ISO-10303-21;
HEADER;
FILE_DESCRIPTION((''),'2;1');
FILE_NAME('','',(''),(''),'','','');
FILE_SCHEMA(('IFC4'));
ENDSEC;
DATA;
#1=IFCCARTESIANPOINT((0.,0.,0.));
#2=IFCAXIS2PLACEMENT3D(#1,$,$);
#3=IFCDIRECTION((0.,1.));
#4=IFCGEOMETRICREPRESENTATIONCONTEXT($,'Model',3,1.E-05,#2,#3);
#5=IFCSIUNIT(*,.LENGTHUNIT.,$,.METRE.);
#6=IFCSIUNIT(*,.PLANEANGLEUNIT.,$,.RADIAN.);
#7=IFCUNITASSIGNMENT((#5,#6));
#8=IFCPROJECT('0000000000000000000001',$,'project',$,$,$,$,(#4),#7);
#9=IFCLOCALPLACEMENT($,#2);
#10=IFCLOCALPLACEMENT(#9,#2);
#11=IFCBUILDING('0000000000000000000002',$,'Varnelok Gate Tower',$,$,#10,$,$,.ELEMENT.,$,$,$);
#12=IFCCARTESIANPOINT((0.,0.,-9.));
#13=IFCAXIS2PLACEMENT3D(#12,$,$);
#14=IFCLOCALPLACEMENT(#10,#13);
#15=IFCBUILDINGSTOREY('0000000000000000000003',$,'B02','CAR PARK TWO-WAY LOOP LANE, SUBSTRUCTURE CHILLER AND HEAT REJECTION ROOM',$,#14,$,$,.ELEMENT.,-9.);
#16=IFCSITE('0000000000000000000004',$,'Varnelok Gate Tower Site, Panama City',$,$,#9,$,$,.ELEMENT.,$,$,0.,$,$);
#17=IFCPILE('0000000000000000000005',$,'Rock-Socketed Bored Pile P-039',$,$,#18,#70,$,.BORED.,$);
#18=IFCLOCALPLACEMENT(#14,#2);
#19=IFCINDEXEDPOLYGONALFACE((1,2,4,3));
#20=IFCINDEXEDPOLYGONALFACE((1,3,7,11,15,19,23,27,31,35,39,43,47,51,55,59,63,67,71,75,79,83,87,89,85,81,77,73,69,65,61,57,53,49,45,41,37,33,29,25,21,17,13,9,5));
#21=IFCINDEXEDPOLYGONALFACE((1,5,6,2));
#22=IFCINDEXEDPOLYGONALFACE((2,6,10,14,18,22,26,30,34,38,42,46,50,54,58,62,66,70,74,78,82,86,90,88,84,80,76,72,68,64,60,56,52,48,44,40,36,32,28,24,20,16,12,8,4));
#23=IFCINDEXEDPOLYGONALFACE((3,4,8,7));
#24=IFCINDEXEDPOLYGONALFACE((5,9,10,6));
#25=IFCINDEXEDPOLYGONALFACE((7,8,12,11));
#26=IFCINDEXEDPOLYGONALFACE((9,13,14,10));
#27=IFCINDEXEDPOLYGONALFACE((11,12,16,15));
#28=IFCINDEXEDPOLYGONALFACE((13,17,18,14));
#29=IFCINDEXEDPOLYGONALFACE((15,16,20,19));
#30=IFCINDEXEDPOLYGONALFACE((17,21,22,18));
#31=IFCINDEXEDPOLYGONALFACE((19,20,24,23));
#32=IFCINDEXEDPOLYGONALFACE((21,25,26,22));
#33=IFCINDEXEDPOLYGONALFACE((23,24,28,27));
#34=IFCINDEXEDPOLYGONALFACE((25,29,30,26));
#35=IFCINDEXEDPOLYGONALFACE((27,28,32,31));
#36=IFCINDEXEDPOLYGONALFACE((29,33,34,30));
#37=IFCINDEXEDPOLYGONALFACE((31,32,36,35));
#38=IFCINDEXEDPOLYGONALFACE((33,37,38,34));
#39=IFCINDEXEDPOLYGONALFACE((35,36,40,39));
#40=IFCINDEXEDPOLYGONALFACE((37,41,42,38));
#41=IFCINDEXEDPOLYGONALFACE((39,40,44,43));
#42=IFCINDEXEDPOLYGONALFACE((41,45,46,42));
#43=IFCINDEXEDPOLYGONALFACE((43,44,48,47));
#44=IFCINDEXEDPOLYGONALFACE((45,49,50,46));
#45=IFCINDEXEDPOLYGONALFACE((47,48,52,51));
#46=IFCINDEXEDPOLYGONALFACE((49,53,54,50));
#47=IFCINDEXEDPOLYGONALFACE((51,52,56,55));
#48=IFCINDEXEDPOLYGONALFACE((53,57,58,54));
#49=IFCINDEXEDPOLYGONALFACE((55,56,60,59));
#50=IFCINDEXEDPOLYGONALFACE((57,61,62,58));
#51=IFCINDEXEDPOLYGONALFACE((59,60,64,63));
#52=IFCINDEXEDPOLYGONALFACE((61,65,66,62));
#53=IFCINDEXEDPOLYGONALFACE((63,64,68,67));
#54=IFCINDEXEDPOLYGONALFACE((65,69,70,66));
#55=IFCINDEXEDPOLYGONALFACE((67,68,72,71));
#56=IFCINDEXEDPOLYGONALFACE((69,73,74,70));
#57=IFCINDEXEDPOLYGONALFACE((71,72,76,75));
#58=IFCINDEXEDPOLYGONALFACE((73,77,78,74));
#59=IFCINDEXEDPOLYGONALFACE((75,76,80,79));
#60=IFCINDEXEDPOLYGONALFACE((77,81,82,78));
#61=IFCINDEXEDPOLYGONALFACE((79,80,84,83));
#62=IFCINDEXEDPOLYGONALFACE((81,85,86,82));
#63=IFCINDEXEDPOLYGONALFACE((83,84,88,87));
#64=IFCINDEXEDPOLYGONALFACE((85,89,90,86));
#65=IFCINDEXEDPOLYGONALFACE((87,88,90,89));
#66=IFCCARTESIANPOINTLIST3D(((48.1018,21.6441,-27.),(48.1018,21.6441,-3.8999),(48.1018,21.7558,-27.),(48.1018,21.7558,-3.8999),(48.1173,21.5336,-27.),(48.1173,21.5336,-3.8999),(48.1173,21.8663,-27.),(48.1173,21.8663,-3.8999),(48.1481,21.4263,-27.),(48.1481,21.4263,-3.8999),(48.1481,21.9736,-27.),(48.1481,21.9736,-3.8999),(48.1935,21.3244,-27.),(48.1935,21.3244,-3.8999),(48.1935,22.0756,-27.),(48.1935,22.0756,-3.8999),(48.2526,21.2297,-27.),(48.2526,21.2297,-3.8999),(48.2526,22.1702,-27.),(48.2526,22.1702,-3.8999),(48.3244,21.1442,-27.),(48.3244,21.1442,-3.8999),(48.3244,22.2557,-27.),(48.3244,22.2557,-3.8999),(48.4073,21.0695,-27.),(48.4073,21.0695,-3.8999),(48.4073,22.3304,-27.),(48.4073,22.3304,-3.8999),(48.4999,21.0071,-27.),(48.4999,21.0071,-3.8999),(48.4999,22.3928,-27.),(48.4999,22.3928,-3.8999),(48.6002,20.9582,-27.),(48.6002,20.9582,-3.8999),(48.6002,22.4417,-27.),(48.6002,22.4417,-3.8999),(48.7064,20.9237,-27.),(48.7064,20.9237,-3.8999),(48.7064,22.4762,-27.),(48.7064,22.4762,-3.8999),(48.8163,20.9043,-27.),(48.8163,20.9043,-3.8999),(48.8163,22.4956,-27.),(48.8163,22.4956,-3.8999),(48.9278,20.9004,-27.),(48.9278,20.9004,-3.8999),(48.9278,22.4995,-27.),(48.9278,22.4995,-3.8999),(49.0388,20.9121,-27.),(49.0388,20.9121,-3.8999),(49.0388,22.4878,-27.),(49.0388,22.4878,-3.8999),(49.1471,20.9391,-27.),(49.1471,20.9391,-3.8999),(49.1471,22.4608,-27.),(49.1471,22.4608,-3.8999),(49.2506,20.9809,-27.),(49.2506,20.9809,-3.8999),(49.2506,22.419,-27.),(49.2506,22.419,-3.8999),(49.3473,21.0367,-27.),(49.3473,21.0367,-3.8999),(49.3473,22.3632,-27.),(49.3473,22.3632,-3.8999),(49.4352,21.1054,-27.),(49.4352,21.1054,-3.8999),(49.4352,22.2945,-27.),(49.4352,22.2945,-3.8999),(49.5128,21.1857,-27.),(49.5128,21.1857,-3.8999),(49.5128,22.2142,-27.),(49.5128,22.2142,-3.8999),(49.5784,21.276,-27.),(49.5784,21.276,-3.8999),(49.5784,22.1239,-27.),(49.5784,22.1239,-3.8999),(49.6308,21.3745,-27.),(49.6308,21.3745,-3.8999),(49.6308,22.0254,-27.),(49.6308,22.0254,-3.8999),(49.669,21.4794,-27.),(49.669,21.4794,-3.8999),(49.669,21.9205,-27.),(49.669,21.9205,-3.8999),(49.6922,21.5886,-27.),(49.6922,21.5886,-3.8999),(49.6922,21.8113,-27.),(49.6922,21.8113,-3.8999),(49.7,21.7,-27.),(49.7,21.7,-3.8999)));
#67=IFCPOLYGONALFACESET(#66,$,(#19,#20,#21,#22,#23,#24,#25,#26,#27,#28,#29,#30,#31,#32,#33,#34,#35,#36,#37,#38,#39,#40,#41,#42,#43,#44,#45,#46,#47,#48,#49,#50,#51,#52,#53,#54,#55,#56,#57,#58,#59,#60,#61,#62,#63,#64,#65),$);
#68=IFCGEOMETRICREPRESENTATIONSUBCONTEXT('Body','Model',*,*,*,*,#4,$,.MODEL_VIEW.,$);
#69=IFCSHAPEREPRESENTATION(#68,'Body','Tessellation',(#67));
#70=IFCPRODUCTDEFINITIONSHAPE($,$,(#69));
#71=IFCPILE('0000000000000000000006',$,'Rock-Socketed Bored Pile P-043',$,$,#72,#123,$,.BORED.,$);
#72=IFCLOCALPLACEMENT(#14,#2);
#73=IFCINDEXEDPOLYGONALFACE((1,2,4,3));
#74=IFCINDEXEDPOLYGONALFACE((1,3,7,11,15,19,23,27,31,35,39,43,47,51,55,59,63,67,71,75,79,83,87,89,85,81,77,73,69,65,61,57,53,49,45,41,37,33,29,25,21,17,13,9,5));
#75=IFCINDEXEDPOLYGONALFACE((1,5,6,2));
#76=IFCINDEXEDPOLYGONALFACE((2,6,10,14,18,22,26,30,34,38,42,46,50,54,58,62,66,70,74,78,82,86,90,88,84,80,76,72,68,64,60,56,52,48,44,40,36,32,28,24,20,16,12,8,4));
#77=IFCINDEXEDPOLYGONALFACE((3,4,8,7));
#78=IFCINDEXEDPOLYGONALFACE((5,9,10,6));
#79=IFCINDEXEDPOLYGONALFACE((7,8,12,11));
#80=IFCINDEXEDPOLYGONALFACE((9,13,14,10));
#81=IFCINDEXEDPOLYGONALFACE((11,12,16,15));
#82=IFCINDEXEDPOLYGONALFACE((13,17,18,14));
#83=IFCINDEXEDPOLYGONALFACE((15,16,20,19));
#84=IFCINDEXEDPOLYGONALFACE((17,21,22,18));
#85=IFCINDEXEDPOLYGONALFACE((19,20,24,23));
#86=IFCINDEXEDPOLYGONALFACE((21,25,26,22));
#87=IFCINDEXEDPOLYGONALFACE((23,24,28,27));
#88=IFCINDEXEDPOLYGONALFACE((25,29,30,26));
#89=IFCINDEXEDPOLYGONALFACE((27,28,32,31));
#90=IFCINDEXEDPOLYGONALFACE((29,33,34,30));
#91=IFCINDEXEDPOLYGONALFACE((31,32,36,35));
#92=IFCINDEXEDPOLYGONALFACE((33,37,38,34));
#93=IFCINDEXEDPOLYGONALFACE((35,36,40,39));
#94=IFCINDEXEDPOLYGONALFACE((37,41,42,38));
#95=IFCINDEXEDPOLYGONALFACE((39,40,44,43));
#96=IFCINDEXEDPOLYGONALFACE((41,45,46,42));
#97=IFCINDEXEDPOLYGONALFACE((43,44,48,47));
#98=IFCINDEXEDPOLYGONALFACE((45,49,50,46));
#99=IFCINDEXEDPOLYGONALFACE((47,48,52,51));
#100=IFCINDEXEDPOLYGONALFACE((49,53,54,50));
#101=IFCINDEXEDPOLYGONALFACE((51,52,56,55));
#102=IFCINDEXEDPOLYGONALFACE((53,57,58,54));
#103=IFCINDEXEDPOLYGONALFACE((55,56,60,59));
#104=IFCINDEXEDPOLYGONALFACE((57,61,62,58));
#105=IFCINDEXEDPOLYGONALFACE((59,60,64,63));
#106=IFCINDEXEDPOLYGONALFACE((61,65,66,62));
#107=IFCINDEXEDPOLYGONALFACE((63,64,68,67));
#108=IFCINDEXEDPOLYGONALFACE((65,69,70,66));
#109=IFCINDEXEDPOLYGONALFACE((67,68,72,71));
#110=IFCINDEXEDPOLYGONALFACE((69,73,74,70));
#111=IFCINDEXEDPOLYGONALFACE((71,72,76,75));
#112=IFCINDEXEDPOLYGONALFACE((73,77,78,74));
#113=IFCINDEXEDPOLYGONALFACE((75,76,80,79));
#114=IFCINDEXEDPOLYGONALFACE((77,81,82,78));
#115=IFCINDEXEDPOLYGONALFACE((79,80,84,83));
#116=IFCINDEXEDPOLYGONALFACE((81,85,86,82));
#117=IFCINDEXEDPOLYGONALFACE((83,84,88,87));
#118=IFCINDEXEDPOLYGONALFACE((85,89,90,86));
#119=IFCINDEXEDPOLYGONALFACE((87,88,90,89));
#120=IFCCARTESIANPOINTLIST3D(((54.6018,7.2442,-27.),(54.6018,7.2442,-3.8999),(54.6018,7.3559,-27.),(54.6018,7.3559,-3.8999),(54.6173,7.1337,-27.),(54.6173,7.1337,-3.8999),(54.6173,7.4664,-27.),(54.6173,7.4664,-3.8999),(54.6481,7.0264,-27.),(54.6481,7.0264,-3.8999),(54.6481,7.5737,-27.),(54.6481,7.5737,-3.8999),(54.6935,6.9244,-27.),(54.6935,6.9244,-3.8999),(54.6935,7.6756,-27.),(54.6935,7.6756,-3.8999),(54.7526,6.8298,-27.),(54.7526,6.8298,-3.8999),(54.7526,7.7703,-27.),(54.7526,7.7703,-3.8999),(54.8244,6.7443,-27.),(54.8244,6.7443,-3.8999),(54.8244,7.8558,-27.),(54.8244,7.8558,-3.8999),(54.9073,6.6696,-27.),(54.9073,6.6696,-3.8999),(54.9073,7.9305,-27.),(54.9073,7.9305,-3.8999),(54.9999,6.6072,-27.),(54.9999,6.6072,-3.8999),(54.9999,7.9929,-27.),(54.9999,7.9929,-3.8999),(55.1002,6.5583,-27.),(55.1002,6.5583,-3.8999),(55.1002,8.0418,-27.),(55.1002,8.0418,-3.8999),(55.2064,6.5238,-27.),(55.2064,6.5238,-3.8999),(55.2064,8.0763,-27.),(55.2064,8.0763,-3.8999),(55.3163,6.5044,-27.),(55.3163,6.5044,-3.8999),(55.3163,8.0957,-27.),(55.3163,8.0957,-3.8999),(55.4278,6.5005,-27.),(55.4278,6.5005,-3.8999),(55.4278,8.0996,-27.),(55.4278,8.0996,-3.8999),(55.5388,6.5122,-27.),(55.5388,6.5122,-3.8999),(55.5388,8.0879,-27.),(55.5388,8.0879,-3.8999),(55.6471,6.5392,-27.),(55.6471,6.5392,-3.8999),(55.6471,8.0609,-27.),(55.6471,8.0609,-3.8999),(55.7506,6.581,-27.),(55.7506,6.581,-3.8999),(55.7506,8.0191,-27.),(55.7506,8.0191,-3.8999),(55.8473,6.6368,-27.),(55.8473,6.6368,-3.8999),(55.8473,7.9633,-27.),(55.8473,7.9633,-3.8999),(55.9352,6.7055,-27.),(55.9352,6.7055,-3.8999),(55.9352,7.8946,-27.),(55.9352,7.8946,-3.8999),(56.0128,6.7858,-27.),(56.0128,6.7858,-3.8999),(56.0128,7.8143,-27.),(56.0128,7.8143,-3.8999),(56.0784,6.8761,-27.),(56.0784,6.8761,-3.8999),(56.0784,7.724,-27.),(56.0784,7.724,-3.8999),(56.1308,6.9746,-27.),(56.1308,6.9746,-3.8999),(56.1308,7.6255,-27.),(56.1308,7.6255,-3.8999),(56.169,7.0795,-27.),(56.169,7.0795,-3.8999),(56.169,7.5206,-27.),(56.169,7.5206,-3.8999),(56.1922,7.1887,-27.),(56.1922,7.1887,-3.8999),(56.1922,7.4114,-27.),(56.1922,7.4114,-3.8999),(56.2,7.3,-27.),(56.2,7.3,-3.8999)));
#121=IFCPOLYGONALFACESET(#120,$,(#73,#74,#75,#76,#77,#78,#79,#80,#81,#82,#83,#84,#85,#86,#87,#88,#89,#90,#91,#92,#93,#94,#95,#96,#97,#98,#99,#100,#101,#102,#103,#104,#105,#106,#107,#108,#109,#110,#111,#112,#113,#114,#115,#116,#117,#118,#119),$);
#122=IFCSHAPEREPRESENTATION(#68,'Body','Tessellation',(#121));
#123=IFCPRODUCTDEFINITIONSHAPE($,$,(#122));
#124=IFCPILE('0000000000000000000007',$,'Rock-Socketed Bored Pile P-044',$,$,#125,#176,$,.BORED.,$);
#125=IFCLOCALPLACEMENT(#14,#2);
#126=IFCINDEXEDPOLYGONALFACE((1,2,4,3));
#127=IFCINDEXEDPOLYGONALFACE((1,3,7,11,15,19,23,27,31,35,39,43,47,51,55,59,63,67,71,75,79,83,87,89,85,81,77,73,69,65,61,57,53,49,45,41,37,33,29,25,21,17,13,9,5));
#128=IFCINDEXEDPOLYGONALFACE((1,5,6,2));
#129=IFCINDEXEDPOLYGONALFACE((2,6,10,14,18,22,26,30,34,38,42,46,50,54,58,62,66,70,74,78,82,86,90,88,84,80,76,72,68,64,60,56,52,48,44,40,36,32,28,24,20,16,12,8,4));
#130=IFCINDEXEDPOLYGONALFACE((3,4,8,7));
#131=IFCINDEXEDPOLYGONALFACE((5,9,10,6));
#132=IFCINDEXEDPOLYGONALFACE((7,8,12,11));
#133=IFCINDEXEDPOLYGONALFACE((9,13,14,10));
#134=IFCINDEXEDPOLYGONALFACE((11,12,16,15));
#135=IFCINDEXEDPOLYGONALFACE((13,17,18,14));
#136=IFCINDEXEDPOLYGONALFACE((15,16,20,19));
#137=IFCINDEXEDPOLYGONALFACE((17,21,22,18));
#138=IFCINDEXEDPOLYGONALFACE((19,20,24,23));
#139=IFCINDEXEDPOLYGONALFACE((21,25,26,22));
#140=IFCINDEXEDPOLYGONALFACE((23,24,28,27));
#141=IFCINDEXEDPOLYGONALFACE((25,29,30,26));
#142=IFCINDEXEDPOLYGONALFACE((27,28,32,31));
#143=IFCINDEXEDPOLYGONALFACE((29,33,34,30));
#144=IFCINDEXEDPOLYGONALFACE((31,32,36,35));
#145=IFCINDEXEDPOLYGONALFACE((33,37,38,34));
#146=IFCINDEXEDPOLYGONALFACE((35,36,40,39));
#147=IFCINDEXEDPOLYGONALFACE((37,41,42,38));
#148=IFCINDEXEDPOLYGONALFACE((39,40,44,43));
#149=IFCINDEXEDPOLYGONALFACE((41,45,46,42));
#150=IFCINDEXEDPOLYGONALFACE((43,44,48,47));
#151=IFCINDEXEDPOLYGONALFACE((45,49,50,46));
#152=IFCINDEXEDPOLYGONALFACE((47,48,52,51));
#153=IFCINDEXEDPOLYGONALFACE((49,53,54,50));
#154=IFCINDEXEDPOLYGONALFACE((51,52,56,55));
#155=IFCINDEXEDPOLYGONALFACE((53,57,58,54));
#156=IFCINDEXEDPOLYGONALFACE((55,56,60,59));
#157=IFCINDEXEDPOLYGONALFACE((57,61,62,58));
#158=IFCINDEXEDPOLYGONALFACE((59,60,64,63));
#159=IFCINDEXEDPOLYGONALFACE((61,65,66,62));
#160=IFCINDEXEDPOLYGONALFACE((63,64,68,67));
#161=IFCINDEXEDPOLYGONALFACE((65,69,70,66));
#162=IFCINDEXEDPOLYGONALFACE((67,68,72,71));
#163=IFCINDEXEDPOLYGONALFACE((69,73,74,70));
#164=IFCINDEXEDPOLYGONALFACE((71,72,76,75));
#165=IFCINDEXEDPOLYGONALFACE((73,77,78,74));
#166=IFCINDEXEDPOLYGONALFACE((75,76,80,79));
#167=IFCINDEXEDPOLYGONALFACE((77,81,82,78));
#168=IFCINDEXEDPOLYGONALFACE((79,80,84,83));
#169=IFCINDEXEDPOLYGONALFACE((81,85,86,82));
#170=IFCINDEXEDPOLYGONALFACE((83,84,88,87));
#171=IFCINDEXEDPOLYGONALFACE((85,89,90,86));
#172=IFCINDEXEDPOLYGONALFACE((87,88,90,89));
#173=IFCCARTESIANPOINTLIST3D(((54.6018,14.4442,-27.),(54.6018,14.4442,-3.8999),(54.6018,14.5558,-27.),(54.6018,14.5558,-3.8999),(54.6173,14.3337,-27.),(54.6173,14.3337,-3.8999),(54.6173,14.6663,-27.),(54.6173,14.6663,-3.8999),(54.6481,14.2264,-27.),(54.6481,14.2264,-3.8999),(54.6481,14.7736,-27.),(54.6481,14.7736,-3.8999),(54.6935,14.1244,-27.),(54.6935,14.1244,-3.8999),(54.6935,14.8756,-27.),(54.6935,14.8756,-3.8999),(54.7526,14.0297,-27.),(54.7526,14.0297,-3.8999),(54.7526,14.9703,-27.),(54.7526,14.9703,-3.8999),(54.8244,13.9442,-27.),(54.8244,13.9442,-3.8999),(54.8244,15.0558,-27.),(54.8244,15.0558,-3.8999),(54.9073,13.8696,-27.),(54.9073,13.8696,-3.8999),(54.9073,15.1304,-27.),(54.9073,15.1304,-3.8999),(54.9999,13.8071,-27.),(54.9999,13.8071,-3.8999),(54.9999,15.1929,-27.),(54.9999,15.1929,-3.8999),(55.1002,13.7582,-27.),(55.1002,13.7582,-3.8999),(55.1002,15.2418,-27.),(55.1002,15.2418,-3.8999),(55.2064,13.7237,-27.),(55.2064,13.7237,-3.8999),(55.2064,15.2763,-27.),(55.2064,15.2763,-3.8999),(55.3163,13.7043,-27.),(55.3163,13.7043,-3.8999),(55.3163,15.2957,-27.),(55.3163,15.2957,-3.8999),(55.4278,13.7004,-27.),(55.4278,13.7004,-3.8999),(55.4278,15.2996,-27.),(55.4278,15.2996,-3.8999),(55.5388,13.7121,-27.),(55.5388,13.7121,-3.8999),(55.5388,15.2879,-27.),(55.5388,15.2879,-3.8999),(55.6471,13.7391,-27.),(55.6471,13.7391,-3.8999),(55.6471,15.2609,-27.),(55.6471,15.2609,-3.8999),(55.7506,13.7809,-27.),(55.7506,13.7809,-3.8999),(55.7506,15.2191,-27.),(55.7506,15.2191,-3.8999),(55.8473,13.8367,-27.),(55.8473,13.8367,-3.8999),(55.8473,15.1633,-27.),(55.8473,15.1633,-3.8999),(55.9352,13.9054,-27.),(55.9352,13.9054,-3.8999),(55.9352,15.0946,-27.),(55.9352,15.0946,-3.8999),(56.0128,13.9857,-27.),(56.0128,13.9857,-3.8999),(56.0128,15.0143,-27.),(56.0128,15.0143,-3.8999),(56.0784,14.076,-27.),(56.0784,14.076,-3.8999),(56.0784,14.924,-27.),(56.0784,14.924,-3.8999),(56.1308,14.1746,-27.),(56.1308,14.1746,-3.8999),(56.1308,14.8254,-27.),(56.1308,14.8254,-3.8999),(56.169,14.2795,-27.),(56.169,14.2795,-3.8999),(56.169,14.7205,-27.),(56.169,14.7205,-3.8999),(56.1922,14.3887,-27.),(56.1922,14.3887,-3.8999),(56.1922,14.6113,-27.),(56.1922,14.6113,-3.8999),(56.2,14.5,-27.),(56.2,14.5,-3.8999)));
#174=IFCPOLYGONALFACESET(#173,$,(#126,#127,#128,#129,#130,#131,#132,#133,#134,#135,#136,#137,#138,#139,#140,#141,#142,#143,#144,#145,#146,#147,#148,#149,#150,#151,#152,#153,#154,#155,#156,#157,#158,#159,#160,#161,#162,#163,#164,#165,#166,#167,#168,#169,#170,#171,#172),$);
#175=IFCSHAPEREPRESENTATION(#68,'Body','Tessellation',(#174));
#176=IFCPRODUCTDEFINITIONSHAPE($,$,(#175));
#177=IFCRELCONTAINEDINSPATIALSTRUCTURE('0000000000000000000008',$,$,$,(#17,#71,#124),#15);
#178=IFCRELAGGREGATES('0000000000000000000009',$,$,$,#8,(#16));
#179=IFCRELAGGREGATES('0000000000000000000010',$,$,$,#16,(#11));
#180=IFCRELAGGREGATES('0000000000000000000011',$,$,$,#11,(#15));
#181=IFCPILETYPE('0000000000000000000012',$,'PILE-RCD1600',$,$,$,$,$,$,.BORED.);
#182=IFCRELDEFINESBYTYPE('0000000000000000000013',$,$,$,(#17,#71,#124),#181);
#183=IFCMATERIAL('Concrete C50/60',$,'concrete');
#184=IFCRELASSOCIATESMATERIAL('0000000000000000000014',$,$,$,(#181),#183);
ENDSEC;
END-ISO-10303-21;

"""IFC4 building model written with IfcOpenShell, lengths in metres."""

from ifc_helpers import new_model, si_unit, direction, frame, origin, origin_2d, place, context, subcontext, project, spatial, circle, extrude, material, material_profile, profile_set, type_object, element, save


model = new_model("IFC4")

# Units and contexts
model_context = context("Model", 3, precision=1e-05, world=origin(), true_north=direction((0.0, 1.0)))
body_context = subcontext(model_context, "Body", "Model", "MODEL_VIEW")
ifc_project = project(units=[si_unit("LENGTHUNIT", "METRE"), si_unit("PLANEANGLEUNIT", "RADIAN")], contexts=[model_context])

# Site, building, storey
site_placement = place(None, origin())
site = spatial("IfcSite", under=ifc_project, at=site_placement, Name="Varnelok Gate Tower Site, Panama City", CompositionType="ELEMENT", RefElevation=0.0)
building_placement = place(site_placement, origin())
building = spatial("IfcBuilding", under=site, at=building_placement, Name="Varnelok Gate Tower", CompositionType="ELEMENT")
storey_placement = place(building_placement, frame((0.0, 0.0, -9.0)))
storey = spatial("IfcBuildingStorey", under=building, at=storey_placement, Name="B02", Description="CAR PARK TWO-WAY LOOP LANE, SUBSTRUCTURE CHILLER AND HEAT REJECTION ROOM", CompositionType="ELEMENT", Elevation=-9.0)

# Shared definitions
ifc_material_1 = material(Name="Concrete C50/60", Category="concrete")

# Piles
ifc_material_profile_1 = material_profile(ifc_material_1, circle(Radius=0.8, at=origin_2d()), Name="RCD1600")
ifc_profile_set_1 = profile_set([ifc_material_profile_1], Name="Concrete C50/60")
pile_type_1 = type_object("IfcPileType", Name="PILE-RCD1600", PredefinedType="BORED", material=ifc_profile_set_1)
for number, where, z_axis, x_axis, name in (
    (1, (48.8999, 21.7, -3.8999), (0.0, 0.0, -1.0), (1.0, 0.0, 0.0), "Rock-Socketed Bored Pile P-039"),
    (2, (55.3999, 7.3, -3.8999), (0.0, 0.0, -1.0), (1.0, 0.0, 0.0), "Rock-Socketed Bored Pile P-043"),
    (3, (55.3999, 14.5, -3.8999), (0.0, 0.0, -1.0), (1.0, 0.0, 0.0), "Rock-Socketed Bored Pile P-044"),
):
    element("IfcPile", number, at=place(storey_placement, frame(where, z_axis=z_axis, x_axis=x_axis)), inside=storey, type_object=pile_type_1, Name=name, PredefinedType="BORED", context=body_context, shape_type="SweptSolid", body=[
        extrude(circle(Radius=0.8, at=origin_2d()), origin(), (0.0, 0.0, 1.0), 23.1001),
    ])

save(model, "model.ifc")
